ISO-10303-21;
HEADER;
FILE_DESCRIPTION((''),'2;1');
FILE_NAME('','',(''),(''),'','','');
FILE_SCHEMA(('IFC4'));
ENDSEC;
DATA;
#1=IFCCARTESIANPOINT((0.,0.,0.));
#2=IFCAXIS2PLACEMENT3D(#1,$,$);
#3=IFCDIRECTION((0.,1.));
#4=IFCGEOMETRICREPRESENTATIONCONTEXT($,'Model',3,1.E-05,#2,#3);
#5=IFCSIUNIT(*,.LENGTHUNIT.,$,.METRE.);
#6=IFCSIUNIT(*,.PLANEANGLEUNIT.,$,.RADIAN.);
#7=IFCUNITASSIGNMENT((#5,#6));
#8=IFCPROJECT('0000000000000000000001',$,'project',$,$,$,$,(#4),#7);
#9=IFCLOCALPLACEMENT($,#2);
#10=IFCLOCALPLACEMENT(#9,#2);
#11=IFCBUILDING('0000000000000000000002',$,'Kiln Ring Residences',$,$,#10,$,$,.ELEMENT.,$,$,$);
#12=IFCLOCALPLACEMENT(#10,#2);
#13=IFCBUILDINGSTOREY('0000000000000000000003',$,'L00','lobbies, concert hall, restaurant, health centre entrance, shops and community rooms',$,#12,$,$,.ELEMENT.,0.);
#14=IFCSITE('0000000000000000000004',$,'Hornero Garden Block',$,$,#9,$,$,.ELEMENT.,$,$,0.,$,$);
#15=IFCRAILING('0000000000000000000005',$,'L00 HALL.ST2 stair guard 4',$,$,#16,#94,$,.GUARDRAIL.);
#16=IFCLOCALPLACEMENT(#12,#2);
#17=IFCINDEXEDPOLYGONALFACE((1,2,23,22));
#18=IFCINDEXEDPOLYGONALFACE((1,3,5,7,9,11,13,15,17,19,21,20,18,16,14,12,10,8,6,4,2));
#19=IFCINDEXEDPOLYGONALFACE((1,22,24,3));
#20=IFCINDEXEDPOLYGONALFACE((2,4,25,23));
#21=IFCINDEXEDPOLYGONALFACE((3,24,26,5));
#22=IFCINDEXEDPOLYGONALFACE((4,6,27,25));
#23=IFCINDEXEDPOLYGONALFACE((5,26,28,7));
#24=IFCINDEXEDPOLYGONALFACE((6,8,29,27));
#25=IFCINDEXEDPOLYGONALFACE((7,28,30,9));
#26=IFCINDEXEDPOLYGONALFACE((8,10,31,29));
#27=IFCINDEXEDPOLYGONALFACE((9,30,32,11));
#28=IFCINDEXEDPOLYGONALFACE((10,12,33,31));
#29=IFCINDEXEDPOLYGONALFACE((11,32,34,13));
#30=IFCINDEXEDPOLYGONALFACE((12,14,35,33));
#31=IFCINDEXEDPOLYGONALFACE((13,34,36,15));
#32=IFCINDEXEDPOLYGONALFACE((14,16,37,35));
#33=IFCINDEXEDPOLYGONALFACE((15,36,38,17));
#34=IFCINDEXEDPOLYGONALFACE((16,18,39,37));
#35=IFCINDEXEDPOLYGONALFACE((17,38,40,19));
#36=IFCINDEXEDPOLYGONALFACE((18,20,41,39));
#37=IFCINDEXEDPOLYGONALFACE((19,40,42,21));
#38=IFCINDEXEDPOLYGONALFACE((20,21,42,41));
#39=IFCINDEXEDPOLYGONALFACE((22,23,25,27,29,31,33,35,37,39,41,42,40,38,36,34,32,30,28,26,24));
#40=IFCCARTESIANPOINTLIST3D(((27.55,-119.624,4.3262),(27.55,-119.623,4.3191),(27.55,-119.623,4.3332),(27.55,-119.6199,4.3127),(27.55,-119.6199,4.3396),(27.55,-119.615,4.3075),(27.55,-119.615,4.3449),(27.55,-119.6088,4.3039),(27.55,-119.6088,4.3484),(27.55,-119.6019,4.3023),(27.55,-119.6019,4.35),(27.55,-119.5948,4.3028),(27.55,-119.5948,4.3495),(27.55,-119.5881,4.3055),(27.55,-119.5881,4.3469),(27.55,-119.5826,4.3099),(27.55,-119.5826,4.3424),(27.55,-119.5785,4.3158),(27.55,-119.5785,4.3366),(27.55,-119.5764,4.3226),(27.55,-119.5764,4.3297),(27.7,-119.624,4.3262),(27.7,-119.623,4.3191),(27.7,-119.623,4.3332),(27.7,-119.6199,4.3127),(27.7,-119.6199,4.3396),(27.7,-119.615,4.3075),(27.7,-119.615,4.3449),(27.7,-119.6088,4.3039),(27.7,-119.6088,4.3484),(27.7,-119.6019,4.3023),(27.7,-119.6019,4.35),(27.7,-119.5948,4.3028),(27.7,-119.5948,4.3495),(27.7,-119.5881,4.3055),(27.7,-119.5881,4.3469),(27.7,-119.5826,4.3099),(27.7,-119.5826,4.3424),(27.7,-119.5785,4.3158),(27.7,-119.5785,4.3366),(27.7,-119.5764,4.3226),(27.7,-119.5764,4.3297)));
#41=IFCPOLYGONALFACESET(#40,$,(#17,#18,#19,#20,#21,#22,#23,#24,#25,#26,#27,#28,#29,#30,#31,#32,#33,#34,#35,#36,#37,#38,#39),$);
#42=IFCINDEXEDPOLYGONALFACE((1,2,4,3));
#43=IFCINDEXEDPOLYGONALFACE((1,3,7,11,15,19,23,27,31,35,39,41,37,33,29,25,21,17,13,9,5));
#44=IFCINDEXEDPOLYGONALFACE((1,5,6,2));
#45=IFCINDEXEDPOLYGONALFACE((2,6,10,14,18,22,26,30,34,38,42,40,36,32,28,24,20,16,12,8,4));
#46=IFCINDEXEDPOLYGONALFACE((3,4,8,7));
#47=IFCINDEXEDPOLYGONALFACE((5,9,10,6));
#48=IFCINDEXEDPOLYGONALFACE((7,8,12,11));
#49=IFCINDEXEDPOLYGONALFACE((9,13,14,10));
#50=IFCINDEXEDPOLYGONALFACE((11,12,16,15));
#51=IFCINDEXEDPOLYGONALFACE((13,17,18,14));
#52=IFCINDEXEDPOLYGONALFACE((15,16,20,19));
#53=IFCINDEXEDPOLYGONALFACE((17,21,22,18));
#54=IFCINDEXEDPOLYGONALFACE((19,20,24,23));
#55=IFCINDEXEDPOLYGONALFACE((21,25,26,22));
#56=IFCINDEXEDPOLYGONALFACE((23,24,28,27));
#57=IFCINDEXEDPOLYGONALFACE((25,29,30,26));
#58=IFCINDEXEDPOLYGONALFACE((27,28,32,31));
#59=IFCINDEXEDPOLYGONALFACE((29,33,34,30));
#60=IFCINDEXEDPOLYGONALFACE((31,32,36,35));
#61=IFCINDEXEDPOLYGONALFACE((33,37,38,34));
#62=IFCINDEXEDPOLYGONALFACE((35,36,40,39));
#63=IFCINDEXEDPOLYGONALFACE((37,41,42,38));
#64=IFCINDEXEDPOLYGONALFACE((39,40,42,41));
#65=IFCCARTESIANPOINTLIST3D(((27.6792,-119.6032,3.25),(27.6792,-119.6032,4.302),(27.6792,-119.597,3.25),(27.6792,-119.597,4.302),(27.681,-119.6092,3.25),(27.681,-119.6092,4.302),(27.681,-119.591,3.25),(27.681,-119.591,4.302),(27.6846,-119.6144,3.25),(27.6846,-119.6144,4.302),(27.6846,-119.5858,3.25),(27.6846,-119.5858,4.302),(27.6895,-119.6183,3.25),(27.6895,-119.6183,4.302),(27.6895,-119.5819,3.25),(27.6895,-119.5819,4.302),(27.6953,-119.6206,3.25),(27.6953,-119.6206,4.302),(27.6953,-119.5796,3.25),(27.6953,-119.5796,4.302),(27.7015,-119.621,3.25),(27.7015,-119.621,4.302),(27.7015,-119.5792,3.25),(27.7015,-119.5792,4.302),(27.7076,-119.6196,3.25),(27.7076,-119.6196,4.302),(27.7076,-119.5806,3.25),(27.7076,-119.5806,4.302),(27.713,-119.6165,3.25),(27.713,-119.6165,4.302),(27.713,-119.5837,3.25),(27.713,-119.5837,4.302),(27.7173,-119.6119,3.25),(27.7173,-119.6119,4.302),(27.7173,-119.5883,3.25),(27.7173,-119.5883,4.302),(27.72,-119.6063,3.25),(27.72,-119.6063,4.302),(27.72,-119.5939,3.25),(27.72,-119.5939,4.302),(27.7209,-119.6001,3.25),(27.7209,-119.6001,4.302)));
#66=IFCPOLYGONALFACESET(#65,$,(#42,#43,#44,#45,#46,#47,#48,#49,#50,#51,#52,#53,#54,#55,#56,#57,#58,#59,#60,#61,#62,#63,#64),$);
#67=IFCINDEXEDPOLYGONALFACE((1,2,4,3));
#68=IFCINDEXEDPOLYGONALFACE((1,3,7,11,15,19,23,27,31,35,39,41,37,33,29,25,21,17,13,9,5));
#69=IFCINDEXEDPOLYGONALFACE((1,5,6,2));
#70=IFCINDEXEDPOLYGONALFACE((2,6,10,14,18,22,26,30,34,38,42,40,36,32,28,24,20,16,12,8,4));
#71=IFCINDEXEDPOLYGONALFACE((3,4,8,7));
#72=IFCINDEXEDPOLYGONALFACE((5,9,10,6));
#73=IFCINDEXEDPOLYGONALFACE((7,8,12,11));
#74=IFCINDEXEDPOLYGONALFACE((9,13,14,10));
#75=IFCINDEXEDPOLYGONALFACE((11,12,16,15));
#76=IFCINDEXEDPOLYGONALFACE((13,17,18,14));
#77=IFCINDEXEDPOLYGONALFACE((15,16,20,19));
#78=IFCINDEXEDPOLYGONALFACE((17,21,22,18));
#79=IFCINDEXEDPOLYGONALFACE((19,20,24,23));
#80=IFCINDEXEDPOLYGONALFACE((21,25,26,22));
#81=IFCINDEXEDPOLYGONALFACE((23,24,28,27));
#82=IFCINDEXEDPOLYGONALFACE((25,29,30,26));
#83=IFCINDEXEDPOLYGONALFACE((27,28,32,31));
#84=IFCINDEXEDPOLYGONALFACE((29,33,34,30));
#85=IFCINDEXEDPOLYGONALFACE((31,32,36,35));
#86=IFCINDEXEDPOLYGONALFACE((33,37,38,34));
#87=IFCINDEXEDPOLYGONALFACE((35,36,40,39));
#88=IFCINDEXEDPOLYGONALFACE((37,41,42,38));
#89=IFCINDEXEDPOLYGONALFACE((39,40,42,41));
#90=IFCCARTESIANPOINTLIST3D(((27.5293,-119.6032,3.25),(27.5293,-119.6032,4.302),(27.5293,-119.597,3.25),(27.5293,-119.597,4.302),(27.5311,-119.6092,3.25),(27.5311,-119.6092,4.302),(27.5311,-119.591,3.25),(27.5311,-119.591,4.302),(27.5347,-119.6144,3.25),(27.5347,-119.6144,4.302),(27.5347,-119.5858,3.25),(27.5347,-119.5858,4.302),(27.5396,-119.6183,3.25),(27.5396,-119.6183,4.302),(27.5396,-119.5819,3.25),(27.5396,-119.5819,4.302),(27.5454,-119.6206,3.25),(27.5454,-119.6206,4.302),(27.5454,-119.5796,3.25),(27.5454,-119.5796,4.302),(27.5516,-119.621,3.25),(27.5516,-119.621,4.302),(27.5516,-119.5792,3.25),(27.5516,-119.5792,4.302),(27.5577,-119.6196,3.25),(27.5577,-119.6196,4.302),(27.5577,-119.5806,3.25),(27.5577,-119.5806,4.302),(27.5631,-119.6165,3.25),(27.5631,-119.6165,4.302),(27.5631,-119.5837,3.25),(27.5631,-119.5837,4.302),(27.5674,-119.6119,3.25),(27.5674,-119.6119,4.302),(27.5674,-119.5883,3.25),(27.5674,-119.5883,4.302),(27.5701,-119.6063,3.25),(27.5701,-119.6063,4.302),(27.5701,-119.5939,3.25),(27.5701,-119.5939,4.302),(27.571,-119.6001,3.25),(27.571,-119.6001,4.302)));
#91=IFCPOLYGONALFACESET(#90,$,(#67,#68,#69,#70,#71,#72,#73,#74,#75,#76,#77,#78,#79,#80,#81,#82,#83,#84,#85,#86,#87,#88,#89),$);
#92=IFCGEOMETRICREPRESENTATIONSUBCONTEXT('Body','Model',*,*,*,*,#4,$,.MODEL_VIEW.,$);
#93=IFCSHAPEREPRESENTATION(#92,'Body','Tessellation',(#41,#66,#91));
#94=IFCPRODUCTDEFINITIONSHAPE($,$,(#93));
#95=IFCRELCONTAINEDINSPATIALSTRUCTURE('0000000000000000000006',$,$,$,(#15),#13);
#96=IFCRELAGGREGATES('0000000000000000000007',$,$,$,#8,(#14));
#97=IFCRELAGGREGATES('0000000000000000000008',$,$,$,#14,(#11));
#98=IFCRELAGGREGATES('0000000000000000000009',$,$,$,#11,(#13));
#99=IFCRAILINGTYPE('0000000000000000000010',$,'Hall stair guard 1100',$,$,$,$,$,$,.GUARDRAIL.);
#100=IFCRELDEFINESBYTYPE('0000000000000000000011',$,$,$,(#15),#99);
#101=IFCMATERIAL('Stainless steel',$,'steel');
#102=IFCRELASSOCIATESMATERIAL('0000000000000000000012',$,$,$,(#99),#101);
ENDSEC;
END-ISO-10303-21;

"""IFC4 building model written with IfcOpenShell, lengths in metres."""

from ifc_helpers import new_model, si_unit, direction, frame, origin, origin_2d, place, context, subcontext, project, spatial, circle, extrude, material, type_object, element, save


model = new_model("IFC4")

# Units and contexts
model_context = context("Model", 3, precision=1e-05, world=origin(), true_north=direction((0.0, 1.0)))
body_context = subcontext(model_context, "Body", "Model", "MODEL_VIEW")
ifc_project = project(units=[si_unit("LENGTHUNIT", "METRE"), si_unit("PLANEANGLEUNIT", "RADIAN")], contexts=[model_context])

# Site, building, storey
site_placement = place(None, origin())
site = spatial("IfcSite", under=ifc_project, at=site_placement, Name="Hornero Garden Block", CompositionType="ELEMENT", RefElevation=0.0)
building_placement = place(site_placement, origin())
building = spatial("IfcBuilding", under=site, at=building_placement, Name="Kiln Ring Residences", CompositionType="ELEMENT")
storey_placement = place(building_placement, origin())
storey = spatial("IfcBuildingStorey", under=building, at=storey_placement, Name="L00", Description="lobbies, concert hall, restaurant, health centre entrance, shops and community rooms", CompositionType="ELEMENT", Elevation=0.0)

# Railing
ifc_material_1 = material(Name="Stainless steel", Category="steel")
railing_type_1 = type_object("IfcRailingType", Name="Hall stair guard 1100", PredefinedType="GUARDRAIL", material=ifc_material_1)
railing_1_placement = place(storey_placement, frame((27.7, -119.6001, 3.25)))
element("IfcRailing", 1, at=railing_1_placement, inside=storey, type_object=railing_type_1, Name="L00 HALL.ST2 stair guard 4", PredefinedType="GUARDRAIL", context=body_context, shape_type="SweptSolid", body=[
    extrude(circle(Radius=0.0239, at=origin_2d()), frame((0.0, 0.0, 1.0762), z_axis=(-1.0, 0.0, 0.0), x_axis=(0.0, -1.0, 0.0)), (0.0, 0.0, 1.0), 0.1499),
    extrude(circle(Radius=0.021, at=origin_2d()), origin(), (0.0, 0.0, 1.0), 1.052),
    extrude(circle(Radius=0.021, at=origin_2d()), frame((-0.1499, 0.0, 0.0)), (0.0, 0.0, 1.0), 1.052),
])

save(model, "model.ifc")
